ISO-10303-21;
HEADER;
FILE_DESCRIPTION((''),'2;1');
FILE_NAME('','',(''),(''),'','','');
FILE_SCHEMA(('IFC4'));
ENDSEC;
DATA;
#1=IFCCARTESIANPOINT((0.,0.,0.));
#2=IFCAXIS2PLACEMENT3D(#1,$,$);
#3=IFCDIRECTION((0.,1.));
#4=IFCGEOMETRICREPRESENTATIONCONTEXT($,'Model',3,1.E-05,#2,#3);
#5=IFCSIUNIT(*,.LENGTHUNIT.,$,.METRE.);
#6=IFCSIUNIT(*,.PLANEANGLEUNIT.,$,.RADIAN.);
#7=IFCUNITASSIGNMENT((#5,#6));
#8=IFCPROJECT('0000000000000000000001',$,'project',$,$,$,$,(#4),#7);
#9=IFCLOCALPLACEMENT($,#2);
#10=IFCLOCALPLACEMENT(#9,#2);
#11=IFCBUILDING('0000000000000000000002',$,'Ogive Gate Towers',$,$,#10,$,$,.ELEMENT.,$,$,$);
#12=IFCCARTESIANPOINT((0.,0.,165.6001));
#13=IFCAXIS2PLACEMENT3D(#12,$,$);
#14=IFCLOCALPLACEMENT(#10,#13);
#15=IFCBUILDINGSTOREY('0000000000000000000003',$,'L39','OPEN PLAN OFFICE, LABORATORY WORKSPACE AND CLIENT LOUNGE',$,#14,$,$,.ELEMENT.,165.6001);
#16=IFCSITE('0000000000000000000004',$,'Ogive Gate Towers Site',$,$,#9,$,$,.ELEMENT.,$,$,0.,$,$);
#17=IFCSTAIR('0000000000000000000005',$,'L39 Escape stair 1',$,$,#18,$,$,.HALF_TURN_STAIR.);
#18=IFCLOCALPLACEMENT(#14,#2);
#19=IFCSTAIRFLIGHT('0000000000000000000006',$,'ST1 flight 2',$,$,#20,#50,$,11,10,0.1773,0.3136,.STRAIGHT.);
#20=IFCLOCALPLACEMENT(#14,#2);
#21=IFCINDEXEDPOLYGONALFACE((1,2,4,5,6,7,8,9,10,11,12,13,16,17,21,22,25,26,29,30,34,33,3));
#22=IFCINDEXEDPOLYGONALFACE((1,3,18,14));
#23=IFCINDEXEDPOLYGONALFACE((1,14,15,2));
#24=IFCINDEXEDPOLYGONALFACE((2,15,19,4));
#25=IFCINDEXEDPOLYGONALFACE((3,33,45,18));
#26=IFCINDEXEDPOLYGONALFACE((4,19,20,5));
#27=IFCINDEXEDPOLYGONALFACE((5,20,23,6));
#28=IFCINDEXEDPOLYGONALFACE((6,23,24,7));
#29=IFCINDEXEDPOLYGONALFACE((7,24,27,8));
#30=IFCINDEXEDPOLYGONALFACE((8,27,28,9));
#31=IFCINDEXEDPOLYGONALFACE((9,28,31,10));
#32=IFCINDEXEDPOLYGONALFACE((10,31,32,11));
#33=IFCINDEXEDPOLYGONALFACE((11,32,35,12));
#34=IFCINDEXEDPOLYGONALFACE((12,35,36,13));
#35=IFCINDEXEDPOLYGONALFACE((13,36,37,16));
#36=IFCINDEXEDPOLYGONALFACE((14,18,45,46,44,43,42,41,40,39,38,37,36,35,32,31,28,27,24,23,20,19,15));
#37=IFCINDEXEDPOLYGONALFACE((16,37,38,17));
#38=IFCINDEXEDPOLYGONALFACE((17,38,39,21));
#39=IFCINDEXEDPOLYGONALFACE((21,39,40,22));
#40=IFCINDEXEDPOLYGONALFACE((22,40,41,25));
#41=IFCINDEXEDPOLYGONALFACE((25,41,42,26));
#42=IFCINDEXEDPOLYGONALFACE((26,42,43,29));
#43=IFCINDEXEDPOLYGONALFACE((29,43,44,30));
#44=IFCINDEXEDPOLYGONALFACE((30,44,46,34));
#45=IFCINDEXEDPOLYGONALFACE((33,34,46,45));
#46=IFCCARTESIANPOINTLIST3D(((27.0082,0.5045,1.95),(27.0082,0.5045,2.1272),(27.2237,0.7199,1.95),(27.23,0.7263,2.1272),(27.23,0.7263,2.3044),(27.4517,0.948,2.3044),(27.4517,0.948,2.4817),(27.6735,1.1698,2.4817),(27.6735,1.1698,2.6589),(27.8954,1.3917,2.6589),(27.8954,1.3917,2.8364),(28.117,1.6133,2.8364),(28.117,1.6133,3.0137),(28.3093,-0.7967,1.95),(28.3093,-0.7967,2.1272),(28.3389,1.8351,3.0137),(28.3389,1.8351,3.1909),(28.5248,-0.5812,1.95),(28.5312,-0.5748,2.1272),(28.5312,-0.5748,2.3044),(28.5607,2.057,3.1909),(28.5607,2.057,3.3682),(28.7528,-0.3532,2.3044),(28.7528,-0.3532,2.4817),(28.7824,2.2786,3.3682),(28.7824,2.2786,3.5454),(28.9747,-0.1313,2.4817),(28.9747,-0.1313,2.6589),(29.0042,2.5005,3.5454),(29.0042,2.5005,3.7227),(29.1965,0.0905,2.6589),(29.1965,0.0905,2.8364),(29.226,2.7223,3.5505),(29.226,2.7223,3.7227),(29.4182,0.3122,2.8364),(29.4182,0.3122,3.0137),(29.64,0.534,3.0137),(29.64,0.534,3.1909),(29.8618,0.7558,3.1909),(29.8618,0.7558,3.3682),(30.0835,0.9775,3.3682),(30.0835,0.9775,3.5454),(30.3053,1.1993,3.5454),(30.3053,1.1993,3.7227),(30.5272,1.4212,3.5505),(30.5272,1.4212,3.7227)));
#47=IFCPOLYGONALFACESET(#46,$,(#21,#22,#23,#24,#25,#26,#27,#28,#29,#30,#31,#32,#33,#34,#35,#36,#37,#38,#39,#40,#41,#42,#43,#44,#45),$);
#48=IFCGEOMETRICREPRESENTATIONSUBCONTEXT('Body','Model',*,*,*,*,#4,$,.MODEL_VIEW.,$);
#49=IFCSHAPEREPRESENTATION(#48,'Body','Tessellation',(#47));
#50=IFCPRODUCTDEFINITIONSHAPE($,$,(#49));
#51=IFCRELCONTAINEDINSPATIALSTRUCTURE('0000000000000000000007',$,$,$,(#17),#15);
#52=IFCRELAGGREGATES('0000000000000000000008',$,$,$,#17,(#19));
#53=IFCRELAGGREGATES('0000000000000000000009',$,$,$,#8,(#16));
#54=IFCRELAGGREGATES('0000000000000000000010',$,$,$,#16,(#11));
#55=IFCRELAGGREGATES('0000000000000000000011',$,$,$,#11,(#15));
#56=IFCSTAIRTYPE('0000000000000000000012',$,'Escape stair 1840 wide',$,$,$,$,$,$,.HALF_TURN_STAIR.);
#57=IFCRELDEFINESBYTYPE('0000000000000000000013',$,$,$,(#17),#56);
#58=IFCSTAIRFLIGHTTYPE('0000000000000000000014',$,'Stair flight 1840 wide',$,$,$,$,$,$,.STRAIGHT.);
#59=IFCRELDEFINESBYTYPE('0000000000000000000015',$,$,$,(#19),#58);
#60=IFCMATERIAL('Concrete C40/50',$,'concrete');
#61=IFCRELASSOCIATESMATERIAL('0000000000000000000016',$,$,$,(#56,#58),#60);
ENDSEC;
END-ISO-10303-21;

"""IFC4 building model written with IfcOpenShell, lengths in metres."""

from ifc_helpers import new_model, si_unit, direction, frame, origin, place, context, subcontext, project, spatial, polyline, outline, extrude, material, type_object, element, aggregate, save


model = new_model("IFC4")

# Units and contexts
model_context = context("Model", 3, precision=1e-05, world=origin(), true_north=direction((0.0, 1.0)))
body_context = subcontext(model_context, "Body", "Model", "MODEL_VIEW")
ifc_project = project(units=[si_unit("LENGTHUNIT", "METRE"), si_unit("PLANEANGLEUNIT", "RADIAN")], contexts=[model_context])

# Site, building, storey
site_placement = place(None, origin())
site = spatial("IfcSite", under=ifc_project, at=site_placement, Name="Ogive Gate Towers Site", CompositionType="ELEMENT", RefElevation=0.0)
building_placement = place(site_placement, origin())
building = spatial("IfcBuilding", under=site, at=building_placement, Name="Ogive Gate Towers", CompositionType="ELEMENT")
storey_placement = place(building_placement, frame((0.0, 0.0, 165.6001)))
storey = spatial("IfcBuildingStorey", under=building, at=storey_placement, Name="L39", Description="OPEN PLAN OFFICE, LABORATORY WORKSPACE AND CLIENT LOUNGE", CompositionType="ELEMENT", Elevation=165.6001)

# Stair, stair flight
ifc_material_1 = material(Name="Concrete C40/50", Category="concrete")
stair_type = type_object("IfcStairType", Name="Escape stair 1840 wide", PredefinedType="HALF_TURN_STAIR", material=ifc_material_1)
stair_placement = place(storey_placement, origin())
stair = element("IfcStair", 1, at=stair_placement, inside=storey, type_object=stair_type, Name="L39 Escape stair 1", PredefinedType="HALF_TURN_STAIR")
stair_flight_type = type_object("IfcStairFlightType", Name="Stair flight 1840 wide", PredefinedType="STRAIGHT", material=ifc_material_1)
stair_flight_placement = place(storey_placement, frame((27.6587, -0.146, 1.95), z_axis=(0.0, 0.0, 1.0), x_axis=(0.707107, 0.707107, 0.0)))
stair_flight = element("IfcStairFlight", 2, at=stair_flight_placement, type_object=stair_flight_type, Name="ST1 flight 2", NumberOfRisers=11, NumberOfTreads=10, PredefinedType="STRAIGHT", RiserHeight=0.1773, TreadLength=0.3136, context=body_context, shape_type="SweptSolid", body=[
    extrude(outline(polyline([(0.0, 0.0), (0.0, 0.1772), (0.3137, 0.1772), (0.3137, 0.3545), (0.6272, 0.3545), (0.6272, 0.5317), (0.9409, 0.5317), (0.9409, 0.709), (1.2546, 0.709), (1.2546, 0.8865), (1.5681, 0.8865), (1.5681, 1.0637), (1.8818, 1.0637), (1.8818, 1.241), (2.1956, 1.241), (2.1956, 1.4182), (2.509, 1.4182), (2.509, 1.5955), (2.8228, 1.5955), (2.8228, 1.7727), (3.1365, 1.7727), (3.1365, 1.95), (3.1365, 1.6006), (0.3047, 0.0), (0.0, 0.0)])), frame((0.0, 0.9199, 0.0), z_axis=(0.0, -1.0, 0.0), x_axis=(1.0, 0.0, 0.0)), (0.0, 0.0, 1.0), 1.8401),
])
aggregate(stair, [stair_flight])

save(model, "model.ifc")
